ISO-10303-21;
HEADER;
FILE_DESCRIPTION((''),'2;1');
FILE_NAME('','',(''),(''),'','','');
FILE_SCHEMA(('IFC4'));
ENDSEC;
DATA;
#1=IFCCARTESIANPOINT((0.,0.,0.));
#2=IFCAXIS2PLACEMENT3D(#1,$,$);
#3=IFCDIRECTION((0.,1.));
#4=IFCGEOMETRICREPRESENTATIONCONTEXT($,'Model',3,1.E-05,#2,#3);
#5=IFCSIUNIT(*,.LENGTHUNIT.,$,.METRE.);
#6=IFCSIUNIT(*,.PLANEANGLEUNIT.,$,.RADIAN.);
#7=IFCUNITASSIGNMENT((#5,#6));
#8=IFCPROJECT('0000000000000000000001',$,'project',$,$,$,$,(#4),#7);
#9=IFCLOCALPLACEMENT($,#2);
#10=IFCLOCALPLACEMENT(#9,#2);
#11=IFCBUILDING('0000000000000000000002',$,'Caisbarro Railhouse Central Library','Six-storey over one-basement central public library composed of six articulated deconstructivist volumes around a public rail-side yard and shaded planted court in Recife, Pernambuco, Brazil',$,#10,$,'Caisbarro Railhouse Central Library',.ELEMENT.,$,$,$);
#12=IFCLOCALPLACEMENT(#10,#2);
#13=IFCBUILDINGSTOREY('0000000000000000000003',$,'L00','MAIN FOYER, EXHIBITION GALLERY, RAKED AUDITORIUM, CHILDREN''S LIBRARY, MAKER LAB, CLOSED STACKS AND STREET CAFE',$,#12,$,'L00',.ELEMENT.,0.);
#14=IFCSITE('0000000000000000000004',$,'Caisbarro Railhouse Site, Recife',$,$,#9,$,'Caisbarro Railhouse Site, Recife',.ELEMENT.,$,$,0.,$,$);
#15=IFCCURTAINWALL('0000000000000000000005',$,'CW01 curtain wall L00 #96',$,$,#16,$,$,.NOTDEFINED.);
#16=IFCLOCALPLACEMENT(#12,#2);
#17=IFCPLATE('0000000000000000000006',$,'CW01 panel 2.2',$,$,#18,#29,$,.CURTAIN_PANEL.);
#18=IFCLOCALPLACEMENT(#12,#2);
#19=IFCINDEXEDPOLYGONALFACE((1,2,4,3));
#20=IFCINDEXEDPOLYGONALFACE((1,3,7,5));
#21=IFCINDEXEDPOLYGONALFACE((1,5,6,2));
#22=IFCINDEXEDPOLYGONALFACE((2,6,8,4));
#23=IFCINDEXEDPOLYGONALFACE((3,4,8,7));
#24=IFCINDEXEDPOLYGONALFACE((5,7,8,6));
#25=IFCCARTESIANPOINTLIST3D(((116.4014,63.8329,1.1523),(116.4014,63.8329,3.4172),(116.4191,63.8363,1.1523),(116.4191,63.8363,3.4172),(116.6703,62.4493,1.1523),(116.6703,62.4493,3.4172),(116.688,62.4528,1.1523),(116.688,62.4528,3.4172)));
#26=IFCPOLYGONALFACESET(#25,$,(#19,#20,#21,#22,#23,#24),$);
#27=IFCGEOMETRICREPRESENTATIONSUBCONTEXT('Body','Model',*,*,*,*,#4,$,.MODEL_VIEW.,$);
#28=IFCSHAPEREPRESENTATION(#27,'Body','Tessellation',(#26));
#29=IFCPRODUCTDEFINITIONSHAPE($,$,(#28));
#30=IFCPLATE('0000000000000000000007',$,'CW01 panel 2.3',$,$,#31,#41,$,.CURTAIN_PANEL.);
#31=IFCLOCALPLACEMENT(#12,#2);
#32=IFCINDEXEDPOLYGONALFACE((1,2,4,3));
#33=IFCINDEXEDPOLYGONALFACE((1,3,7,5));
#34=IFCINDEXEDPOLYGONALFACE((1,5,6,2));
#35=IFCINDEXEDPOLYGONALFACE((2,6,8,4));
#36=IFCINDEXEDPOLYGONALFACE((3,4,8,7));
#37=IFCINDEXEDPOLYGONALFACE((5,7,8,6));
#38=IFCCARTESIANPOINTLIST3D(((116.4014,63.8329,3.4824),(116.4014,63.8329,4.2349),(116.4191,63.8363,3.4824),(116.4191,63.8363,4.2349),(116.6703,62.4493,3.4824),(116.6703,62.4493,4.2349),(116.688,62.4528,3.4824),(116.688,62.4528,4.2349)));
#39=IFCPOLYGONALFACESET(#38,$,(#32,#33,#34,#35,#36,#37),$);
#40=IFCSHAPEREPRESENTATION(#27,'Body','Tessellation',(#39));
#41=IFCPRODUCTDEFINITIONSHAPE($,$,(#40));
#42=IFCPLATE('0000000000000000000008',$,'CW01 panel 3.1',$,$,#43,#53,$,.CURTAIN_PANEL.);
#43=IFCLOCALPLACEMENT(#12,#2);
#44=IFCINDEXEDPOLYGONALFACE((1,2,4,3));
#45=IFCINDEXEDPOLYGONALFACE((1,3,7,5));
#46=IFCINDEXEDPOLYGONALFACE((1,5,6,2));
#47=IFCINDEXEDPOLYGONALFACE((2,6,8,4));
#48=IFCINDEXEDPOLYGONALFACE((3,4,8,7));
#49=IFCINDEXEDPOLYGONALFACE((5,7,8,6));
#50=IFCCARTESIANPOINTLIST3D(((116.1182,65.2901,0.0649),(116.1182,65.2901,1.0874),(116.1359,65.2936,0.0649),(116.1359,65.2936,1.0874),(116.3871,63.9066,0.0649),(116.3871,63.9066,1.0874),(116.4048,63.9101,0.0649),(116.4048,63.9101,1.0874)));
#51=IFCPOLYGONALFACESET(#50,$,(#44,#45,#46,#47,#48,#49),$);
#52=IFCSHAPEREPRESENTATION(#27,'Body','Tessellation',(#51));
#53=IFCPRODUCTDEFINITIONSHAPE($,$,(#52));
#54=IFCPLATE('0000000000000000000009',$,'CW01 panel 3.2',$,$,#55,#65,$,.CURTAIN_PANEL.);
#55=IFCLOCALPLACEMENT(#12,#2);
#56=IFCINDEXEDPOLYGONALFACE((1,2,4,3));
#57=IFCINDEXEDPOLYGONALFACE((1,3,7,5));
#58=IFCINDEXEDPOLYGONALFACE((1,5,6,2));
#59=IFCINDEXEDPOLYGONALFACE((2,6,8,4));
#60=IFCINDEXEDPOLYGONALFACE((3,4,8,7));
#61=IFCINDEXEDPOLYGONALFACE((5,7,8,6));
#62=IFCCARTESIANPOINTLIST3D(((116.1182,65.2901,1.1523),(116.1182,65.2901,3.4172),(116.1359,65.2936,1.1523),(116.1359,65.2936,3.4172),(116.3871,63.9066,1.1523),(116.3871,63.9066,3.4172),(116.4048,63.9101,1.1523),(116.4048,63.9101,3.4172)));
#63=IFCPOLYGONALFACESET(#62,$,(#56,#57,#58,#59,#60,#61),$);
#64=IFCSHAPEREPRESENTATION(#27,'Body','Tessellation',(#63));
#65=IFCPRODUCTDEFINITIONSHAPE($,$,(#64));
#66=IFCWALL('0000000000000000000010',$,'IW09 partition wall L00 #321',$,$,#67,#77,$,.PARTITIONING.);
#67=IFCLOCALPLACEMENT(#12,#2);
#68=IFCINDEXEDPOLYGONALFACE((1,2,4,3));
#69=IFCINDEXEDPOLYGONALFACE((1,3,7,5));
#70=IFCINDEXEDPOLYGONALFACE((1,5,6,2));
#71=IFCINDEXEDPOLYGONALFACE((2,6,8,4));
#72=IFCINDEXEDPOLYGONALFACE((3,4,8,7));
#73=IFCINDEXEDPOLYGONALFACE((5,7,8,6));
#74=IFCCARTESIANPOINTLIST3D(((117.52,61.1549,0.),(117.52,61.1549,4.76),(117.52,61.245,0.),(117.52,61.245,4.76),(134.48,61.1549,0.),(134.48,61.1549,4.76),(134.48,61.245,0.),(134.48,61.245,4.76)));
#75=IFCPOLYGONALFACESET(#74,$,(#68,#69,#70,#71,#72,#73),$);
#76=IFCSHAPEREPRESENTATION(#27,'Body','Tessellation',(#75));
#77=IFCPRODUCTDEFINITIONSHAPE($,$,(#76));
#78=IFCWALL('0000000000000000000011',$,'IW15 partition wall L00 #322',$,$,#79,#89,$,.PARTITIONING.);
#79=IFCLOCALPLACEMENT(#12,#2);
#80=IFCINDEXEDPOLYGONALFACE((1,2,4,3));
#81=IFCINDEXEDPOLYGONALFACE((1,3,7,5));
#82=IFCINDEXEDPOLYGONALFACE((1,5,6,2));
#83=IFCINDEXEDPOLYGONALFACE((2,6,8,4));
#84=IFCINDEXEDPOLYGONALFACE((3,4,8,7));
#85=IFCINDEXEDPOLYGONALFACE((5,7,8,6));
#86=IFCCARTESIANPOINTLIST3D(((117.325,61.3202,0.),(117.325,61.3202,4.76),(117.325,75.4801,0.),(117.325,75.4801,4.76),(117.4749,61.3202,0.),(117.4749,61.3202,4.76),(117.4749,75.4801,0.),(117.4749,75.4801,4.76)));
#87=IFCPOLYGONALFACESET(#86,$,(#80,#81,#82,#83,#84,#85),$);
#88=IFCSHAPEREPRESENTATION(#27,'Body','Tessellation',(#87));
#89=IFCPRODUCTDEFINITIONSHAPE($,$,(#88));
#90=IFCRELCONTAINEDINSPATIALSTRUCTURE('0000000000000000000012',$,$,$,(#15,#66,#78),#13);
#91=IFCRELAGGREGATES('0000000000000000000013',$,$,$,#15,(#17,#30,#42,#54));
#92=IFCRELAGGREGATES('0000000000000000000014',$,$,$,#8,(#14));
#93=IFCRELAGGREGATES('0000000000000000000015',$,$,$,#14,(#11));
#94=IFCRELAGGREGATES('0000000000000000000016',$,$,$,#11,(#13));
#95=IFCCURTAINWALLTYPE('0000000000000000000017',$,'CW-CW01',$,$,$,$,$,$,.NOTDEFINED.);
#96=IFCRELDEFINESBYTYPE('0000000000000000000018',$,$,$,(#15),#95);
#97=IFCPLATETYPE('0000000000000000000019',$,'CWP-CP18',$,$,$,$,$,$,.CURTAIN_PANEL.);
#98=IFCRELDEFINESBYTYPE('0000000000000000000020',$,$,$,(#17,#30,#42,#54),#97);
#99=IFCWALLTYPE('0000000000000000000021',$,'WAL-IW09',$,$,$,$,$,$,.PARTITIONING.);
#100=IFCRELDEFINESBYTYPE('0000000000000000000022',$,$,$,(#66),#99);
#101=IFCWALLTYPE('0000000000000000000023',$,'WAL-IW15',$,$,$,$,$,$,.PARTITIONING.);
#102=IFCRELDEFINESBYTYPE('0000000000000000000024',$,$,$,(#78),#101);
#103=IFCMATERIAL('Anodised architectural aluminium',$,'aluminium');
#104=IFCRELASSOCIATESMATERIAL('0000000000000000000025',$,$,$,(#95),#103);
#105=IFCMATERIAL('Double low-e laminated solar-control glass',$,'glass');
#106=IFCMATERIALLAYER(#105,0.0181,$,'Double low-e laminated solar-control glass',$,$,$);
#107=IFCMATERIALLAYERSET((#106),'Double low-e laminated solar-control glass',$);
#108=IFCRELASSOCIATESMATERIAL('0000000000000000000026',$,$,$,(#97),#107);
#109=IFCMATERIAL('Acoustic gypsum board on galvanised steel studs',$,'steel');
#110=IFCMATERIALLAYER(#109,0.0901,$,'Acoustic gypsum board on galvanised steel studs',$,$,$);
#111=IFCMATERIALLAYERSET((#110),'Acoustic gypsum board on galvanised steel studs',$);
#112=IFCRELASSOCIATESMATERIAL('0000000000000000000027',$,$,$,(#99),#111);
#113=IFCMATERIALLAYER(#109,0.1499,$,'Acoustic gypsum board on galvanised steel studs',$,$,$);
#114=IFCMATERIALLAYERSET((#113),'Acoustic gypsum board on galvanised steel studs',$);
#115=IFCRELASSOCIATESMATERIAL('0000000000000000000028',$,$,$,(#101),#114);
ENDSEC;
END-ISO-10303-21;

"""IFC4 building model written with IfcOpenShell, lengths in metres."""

from ifc_helpers import new_model, si_unit, direction, frame, frame_2d, origin, origin_2d, place, context, subcontext, project, spatial, rectangle, extrude, material, layer, layer_set, type_object, element, aggregate, save


model = new_model("IFC4")

# Units and contexts
model_context = context("Model", 3, precision=1e-05, world=origin(), true_north=direction((0.0, 1.0)))
body_context = subcontext(model_context, "Body", "Model", "MODEL_VIEW")
ifc_project = project(units=[si_unit("LENGTHUNIT", "METRE"), si_unit("PLANEANGLEUNIT", "RADIAN")], contexts=[model_context])

# Site, building, storey
site_placement = place(None, origin())
site = spatial("IfcSite", under=ifc_project, at=site_placement, Name="Caisbarro Railhouse Site, Recife", LongName="Caisbarro Railhouse Site, Recife", CompositionType="ELEMENT", RefElevation=0.0)
building_placement = place(site_placement, origin())
building = spatial("IfcBuilding", under=site, at=building_placement, Name="Caisbarro Railhouse Central Library", Description="Six-storey over one-basement central public library composed of six articulated deconstructivist volumes around a public rail-side yard and shaded planted court in Recife, Pernambuco, Brazil", LongName="Caisbarro Railhouse Central Library", CompositionType="ELEMENT")
storey_placement = place(building_placement, origin())
storey = spatial("IfcBuildingStorey", under=building, at=storey_placement, Name="L00", Description="MAIN FOYER, EXHIBITION GALLERY, RAKED AUDITORIUM, CHILDREN'S LIBRARY, MAKER LAB, CLOSED STACKS AND STREET CAFE", LongName="L00", CompositionType="ELEMENT", Elevation=0.0)

# Curtain wall, plates
ifc_material_1 = material(Name="Anodised architectural aluminium", Category="aluminium")
curtain_wall_type = type_object("IfcCurtainWallType", Name="CW-CW01", PredefinedType="NOTDEFINED", material=ifc_material_1)
curtain_wall_placement = place(storey_placement, origin())
curtain_wall = element("IfcCurtainWall", 1, at=curtain_wall_placement, inside=storey, type_object=curtain_wall_type, Name="CW01 curtain wall L00 #96", PredefinedType="NOTDEFINED")
ifc_material_2 = material(Name="Double low-e laminated solar-control glass", Category="glass")
ifc_layer_1 = layer(ifc_material_2, 0.0181, Name="Double low-e laminated solar-control glass")
ifc_layer_set_1 = layer_set([ifc_layer_1], Name="Double low-e laminated solar-control glass")
plate_type = type_object("IfcPlateType", Name="CWP-CP18", PredefinedType="CURTAIN_PANEL", material=ifc_layer_set_1)
plate_1_placement = place(storey_placement, frame((116.5447, 63.1428, 1.1523), z_axis=(0.0, 0.0, 1.0), x_axis=(-0.190781, 0.981633, 0.0)))
plate_1 = element("IfcPlate", 2, at=plate_1_placement, type_object=plate_type, Name="CW01 panel 2.2", PredefinedType="CURTAIN_PANEL", context=body_context, shape_type="SweptSolid", body=[
    extrude(rectangle(XDim=1.4094, YDim=0.0181, at=origin_2d()), origin(), (0.0, 0.0, 1.0), 2.2649),
])
plate_2_placement = place(storey_placement, frame((116.5447, 63.1428, 3.4824), z_axis=(0.0, 0.0, 1.0), x_axis=(-0.190781, 0.981633, 0.0)))
plate_2 = element("IfcPlate", 3, at=plate_2_placement, type_object=plate_type, Name="CW01 panel 2.3", PredefinedType="CURTAIN_PANEL", context=body_context, shape_type="SweptSolid", body=[
    extrude(rectangle(XDim=1.4094, YDim=0.0181, at=origin_2d()), origin(), (0.0, 0.0, 1.0), 0.7524),
])
plate_3_placement = place(storey_placement, frame((116.2615, 64.6001, 0.0649), z_axis=(0.0, 0.0, 1.0), x_axis=(-0.190781, 0.981633, 0.0)))
plate_3 = element("IfcPlate", 4, at=plate_3_placement, type_object=plate_type, Name="CW01 panel 3.1", PredefinedType="CURTAIN_PANEL", context=body_context, shape_type="SweptSolid", body=[
    extrude(rectangle(XDim=1.4094, YDim=0.0181, at=origin_2d()), origin(), (0.0, 0.0, 1.0), 1.0225),
])
plate_4_placement = place(storey_placement, frame((116.2615, 64.6001, 1.1523), z_axis=(0.0, 0.0, 1.0), x_axis=(-0.190781, 0.981633, 0.0)))
plate_4 = element("IfcPlate", 5, at=plate_4_placement, type_object=plate_type, Name="CW01 panel 3.2", PredefinedType="CURTAIN_PANEL", context=body_context, shape_type="SweptSolid", body=[
    extrude(rectangle(XDim=1.4094, YDim=0.0181, at=origin_2d()), origin(), (0.0, 0.0, 1.0), 2.2649),
])
aggregate(curtain_wall, [plate_1, plate_2, plate_3, plate_4])

# Walls
ifc_material_3 = material(Name="Acoustic gypsum board on galvanised steel studs", Category="steel")
ifc_layer_2 = layer(ifc_material_3, 0.0901, Name="Acoustic gypsum board on galvanised steel studs")
ifc_layer_set_2 = layer_set([ifc_layer_2], Name="Acoustic gypsum board on galvanised steel studs")
wall_type_1 = type_object("IfcWallType", Name="WAL-IW09", PredefinedType="PARTITIONING", material=ifc_layer_set_2)
wall_1_placement = place(storey_placement, frame((117.52, 61.2, 0.0), z_axis=(0.0, 0.0, 1.0), x_axis=(1.0, 0.0, 0.0)))
element("IfcWall", 6, at=wall_1_placement, inside=storey, type_object=wall_type_1, Name="IW09 partition wall L00 #321", PredefinedType="PARTITIONING", context=body_context, shape_type="SweptSolid", body=[
    extrude(rectangle(XDim=16.96, YDim=0.0901, at=frame_2d((8.48, 0.0))), origin(), (0.0, 0.0, 1.0), 4.76),
])
ifc_layer_3 = layer(ifc_material_3, 0.1499, Name="Acoustic gypsum board on galvanised steel studs")
ifc_layer_set_3 = layer_set([ifc_layer_3], Name="Acoustic gypsum board on galvanised steel studs")
wall_type_2 = type_object("IfcWallType", Name="WAL-IW15", PredefinedType="PARTITIONING", material=ifc_layer_set_3)
wall_2_placement = place(storey_placement, frame((117.3999, 61.3201, 0.0), z_axis=(0.0, 0.0, 1.0), x_axis=(0.0, 1.0, 0.0)))
element("IfcWall", 7, at=wall_2_placement, inside=storey, type_object=wall_type_2, Name="IW15 partition wall L00 #322", PredefinedType="PARTITIONING", context=body_context, shape_type="SweptSolid", body=[
    extrude(rectangle(XDim=14.1599, YDim=0.1499, at=frame_2d((7.0801, 0.0))), origin(), (0.0, 0.0, 1.0), 4.76),
])

save(model, "model.ifc")
